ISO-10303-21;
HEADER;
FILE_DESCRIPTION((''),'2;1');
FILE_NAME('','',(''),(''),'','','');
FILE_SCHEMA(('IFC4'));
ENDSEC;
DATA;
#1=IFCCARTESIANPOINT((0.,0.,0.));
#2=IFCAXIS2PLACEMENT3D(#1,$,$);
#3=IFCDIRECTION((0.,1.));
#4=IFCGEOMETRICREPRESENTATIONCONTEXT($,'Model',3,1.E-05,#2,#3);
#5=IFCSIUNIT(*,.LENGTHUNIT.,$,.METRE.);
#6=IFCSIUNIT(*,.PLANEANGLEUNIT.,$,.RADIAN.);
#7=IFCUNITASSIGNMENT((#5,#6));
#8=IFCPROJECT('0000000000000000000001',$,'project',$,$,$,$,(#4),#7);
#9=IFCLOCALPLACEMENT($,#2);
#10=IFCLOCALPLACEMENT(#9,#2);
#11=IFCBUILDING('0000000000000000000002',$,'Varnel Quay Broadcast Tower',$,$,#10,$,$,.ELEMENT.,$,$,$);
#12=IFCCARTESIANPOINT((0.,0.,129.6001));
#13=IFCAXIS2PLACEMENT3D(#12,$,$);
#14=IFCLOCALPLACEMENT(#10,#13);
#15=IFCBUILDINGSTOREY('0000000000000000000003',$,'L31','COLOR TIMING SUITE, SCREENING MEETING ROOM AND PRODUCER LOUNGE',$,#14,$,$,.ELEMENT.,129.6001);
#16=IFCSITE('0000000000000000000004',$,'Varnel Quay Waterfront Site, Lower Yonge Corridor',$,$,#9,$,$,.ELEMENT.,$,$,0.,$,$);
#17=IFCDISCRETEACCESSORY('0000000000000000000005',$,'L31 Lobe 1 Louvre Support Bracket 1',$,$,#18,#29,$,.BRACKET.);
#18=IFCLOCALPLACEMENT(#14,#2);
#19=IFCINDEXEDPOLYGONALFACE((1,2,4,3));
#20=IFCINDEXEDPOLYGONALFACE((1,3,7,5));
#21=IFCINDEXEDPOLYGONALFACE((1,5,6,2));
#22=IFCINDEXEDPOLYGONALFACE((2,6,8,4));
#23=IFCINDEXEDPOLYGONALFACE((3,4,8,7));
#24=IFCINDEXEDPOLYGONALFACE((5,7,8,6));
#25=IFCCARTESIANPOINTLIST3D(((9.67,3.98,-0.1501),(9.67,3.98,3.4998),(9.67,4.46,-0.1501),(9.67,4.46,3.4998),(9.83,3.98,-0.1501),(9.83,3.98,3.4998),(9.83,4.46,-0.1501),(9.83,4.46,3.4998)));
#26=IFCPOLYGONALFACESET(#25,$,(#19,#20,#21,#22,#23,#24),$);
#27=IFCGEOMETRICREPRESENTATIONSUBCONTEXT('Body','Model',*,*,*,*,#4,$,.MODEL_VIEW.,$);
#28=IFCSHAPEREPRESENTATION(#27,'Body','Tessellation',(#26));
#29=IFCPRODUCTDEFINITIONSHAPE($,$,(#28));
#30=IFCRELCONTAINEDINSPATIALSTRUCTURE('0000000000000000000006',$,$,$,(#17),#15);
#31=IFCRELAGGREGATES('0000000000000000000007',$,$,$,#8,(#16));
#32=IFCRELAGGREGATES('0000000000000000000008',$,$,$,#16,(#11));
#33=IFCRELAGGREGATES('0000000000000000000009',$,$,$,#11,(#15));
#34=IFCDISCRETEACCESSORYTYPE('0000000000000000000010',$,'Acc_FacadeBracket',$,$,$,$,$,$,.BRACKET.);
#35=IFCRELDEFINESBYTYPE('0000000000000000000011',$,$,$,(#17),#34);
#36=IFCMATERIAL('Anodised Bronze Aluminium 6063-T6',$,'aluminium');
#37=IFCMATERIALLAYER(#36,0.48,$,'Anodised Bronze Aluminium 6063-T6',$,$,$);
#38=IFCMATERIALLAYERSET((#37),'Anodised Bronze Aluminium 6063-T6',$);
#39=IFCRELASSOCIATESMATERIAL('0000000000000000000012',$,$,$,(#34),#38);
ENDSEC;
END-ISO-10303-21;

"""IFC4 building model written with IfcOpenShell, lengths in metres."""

from ifc_helpers import new_model, si_unit, direction, frame, origin, origin_2d, place, context, subcontext, project, spatial, rectangle, extrude, source, transform, mapped, material, layer, layer_set, type_object, type_shapes, element, save


model = new_model("IFC4")

# Units and contexts
model_context = context("Model", 3, precision=1e-05, world=origin(), true_north=direction((0.0, 1.0)))
body_context = subcontext(model_context, "Body", "Model", "MODEL_VIEW")
ifc_project = project(units=[si_unit("LENGTHUNIT", "METRE"), si_unit("PLANEANGLEUNIT", "RADIAN")], contexts=[model_context])

# Site, building, storey
site_placement = place(None, origin())
site = spatial("IfcSite", under=ifc_project, at=site_placement, Name="Varnel Quay Waterfront Site, Lower Yonge Corridor", CompositionType="ELEMENT", RefElevation=0.0)
building_placement = place(site_placement, origin())
building = spatial("IfcBuilding", under=site, at=building_placement, Name="Varnel Quay Broadcast Tower", CompositionType="ELEMENT")
storey_placement = place(building_placement, frame((0.0, 0.0, 129.6001)))
storey = spatial("IfcBuildingStorey", under=building, at=storey_placement, Name="L31", Description="COLOR TIMING SUITE, SCREENING MEETING ROOM AND PRODUCER LOUNGE", CompositionType="ELEMENT", Elevation=129.6001)

# Shared definitions
ifc_material_1 = material(Name="Anodised Bronze Aluminium 6063-T6", Category="aluminium")

# Discrete accessory
ifc_layer_1 = layer(ifc_material_1, 0.48, Name="Anodised Bronze Aluminium 6063-T6")
ifc_layer_set_1 = layer_set([ifc_layer_1], Name="Anodised Bronze Aluminium 6063-T6")
discrete_accessory_type = type_object("IfcDiscreteAccessoryType", Name="Acc_FacadeBracket", PredefinedType="BRACKET", material=ifc_layer_set_1)
shared_shape_1 = source(origin(), body_context, "Body", "SweptSolid", [
    extrude(rectangle(XDim=0.1599, YDim=0.48, at=origin_2d()), origin(), (0.0, 0.0, 1.0), 3.6499),
])
type_shapes(discrete_accessory_type, [shared_shape_1])
discrete_accessory_placement = place(storey_placement, frame((9.75, 4.22, -0.1501), z_axis=(0.0, 0.0, 1.0), x_axis=(1.0, 0.0, 0.0)))
element("IfcDiscreteAccessory", 1, at=discrete_accessory_placement, inside=storey, type_object=discrete_accessory_type, Name="L31 Lobe 1 Louvre Support Bracket 1", PredefinedType="BRACKET", context=body_context, shape_type="MappedRepresentation", body=[
    mapped(shared_shape_1, transform((0.0, 0.0, 0.0), x_axis=(1.0, 0.0, 0.0), y_axis=(0.0, 1.0, 0.0), z_axis=(0.0, 0.0, 1.0), scale=1.0)),
])

save(model, "model.ifc")
